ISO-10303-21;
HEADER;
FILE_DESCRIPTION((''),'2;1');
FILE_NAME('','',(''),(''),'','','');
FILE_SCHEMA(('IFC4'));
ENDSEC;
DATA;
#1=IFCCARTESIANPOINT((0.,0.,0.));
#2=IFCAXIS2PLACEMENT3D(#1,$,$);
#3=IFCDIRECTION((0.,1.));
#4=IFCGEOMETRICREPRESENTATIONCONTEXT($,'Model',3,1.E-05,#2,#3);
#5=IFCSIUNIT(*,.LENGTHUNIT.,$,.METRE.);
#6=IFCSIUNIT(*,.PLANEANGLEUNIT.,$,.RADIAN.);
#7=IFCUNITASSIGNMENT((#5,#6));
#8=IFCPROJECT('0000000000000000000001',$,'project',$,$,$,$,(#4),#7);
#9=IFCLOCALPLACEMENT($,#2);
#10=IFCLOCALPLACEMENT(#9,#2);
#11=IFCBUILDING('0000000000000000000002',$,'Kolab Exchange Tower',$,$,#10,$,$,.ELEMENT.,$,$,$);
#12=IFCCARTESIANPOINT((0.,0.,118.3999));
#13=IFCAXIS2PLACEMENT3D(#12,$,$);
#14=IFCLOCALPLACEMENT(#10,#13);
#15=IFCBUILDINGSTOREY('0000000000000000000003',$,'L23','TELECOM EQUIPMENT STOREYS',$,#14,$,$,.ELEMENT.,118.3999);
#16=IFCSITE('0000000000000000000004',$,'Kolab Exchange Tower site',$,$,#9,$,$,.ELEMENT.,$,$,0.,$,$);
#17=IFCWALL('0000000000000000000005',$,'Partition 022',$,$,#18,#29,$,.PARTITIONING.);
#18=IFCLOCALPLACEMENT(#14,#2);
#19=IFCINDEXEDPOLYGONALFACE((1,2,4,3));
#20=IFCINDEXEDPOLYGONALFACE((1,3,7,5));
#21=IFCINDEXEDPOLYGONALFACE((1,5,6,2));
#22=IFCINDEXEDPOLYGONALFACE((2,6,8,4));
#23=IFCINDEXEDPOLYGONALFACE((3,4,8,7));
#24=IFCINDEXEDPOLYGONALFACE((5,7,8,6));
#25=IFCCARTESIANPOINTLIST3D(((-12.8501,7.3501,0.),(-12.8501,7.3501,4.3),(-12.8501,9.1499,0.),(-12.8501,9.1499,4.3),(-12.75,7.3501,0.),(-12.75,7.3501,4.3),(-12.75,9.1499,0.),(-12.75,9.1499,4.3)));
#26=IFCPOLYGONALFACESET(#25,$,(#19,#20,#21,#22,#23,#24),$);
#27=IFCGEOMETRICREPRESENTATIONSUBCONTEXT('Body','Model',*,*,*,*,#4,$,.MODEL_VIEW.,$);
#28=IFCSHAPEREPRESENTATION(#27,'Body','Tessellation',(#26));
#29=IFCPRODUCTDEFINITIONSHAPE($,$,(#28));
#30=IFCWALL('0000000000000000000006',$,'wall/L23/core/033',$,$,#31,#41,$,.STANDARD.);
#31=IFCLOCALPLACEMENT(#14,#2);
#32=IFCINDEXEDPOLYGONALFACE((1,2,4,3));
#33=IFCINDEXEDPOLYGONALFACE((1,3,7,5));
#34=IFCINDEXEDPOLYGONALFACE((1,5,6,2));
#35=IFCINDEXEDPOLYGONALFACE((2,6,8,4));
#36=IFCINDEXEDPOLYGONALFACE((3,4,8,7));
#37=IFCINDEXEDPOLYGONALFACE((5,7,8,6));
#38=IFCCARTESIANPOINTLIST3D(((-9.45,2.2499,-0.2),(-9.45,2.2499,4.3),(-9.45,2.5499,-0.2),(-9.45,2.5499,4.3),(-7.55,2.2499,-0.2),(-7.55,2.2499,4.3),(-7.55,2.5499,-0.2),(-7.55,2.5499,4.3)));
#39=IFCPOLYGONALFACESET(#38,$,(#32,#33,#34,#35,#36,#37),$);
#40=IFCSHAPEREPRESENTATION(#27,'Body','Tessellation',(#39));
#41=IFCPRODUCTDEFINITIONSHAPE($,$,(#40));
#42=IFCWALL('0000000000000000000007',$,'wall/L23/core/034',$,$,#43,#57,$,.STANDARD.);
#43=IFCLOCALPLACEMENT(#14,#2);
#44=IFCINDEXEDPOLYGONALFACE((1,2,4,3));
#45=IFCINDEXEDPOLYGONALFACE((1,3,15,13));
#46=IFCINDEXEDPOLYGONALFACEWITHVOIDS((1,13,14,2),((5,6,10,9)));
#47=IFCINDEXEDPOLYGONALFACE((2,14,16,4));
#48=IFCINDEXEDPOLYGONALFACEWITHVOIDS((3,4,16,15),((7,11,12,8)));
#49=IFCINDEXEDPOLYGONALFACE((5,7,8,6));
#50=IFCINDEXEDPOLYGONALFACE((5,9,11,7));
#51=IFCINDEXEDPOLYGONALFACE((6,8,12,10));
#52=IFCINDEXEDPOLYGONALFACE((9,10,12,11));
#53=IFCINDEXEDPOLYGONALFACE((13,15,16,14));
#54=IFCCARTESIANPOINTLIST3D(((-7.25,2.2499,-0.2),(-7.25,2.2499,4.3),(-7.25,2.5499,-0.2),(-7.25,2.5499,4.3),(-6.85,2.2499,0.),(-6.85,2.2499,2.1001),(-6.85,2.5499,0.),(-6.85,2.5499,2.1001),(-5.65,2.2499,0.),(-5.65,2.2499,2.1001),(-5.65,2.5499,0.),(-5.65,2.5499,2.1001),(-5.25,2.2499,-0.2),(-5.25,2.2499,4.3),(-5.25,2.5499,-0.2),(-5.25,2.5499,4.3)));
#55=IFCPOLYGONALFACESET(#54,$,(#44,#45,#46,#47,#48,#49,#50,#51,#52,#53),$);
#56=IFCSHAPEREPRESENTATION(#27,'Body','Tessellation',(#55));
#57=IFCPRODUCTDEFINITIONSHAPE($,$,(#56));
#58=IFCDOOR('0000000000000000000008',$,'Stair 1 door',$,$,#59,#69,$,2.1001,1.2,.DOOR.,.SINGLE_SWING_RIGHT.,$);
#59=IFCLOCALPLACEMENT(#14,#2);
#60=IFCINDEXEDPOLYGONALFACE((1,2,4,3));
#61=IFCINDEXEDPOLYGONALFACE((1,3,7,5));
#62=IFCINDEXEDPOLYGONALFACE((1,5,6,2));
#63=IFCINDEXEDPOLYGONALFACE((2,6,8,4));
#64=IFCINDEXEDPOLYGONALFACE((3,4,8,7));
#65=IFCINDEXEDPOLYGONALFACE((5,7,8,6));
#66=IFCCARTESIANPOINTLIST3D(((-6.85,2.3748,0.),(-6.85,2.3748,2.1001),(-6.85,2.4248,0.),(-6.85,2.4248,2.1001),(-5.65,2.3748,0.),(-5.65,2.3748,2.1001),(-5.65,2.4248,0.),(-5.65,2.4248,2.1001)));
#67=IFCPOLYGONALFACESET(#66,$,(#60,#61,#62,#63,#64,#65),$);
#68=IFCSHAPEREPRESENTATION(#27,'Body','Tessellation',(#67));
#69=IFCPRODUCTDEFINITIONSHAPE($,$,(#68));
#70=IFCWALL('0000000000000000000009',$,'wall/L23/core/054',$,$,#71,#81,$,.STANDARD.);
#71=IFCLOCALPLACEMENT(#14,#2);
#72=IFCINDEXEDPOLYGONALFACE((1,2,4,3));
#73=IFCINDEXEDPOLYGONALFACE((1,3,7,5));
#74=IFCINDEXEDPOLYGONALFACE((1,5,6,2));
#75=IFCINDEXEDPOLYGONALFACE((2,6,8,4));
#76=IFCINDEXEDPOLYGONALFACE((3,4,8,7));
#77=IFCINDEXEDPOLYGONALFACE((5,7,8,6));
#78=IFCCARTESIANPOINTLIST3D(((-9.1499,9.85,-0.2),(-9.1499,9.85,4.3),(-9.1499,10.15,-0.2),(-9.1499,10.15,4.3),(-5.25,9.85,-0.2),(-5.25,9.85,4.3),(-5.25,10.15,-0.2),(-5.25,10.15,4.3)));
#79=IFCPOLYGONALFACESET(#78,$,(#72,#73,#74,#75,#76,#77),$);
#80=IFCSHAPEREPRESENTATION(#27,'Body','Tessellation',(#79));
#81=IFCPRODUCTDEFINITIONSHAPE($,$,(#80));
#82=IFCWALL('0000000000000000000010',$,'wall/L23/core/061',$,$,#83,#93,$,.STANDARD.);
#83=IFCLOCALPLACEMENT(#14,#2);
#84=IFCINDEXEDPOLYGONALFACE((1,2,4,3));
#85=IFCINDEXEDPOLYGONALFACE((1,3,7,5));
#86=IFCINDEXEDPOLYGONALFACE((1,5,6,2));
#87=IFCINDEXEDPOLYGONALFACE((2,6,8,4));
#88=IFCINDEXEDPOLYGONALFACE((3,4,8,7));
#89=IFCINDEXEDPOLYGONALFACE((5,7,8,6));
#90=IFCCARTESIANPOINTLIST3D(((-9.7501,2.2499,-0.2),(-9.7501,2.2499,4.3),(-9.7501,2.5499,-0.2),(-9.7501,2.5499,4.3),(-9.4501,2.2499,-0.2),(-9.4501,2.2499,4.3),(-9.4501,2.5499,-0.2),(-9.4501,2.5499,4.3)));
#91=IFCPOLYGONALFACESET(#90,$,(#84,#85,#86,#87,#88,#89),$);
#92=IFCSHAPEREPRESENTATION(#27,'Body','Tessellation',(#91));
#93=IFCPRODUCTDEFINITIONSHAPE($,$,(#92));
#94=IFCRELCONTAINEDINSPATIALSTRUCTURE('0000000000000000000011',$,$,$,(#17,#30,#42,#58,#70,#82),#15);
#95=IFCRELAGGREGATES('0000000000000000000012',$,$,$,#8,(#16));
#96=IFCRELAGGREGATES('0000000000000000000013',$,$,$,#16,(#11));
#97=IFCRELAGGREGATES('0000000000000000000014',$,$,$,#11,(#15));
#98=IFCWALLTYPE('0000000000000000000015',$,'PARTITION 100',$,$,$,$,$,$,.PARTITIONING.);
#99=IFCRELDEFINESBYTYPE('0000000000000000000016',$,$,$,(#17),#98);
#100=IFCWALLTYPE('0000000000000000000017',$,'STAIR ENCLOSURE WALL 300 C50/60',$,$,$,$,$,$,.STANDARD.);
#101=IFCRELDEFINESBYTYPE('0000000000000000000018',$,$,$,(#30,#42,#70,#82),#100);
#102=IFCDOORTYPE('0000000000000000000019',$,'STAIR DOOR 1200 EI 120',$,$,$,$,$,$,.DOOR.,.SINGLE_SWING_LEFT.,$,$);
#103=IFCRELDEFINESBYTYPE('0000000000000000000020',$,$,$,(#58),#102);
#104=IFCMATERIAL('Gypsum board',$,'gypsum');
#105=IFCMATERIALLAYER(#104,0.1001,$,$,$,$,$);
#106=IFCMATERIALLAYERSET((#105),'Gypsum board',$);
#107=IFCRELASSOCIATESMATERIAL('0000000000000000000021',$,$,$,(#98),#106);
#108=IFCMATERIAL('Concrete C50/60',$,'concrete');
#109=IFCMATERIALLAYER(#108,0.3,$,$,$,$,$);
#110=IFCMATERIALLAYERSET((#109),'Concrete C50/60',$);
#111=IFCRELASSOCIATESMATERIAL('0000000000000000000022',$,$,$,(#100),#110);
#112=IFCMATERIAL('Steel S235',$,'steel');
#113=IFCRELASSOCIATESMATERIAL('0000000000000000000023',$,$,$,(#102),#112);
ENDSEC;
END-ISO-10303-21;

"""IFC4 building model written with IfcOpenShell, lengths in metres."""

from ifc_helpers import new_model, si_unit, direction, frame, frame_2d, origin, place, context, subcontext, project, spatial, rectangle, extrude, material, layer, layer_set, type_object, element, fill, save


model = new_model("IFC4")

# Units and contexts
model_context = context("Model", 3, precision=1e-05, world=origin(), true_north=direction((0.0, 1.0)))
body_context = subcontext(model_context, "Body", "Model", "MODEL_VIEW")
ifc_project = project(units=[si_unit("LENGTHUNIT", "METRE"), si_unit("PLANEANGLEUNIT", "RADIAN")], contexts=[model_context])

# Site, building, storey
site_placement = place(None, origin())
site = spatial("IfcSite", under=ifc_project, at=site_placement, Name="Kolab Exchange Tower site", CompositionType="ELEMENT", RefElevation=0.0)
building_placement = place(site_placement, origin())
building = spatial("IfcBuilding", under=site, at=building_placement, Name="Kolab Exchange Tower", CompositionType="ELEMENT")
storey_placement = place(building_placement, frame((0.0, 0.0, 118.3999)))
storey = spatial("IfcBuildingStorey", under=building, at=storey_placement, Name="L23", Description="TELECOM EQUIPMENT STOREYS", CompositionType="ELEMENT", Elevation=118.3999)

# Shared definitions
ifc_material_1 = material(Name="Steel S235", Category="steel")

# Walls
ifc_material_2 = material(Name="Concrete C50/60", Category="concrete")
ifc_material_3 = material(Name="Gypsum board", Category="gypsum")
ifc_layer_1 = layer(ifc_material_3, 0.1001)
ifc_layer_set_1 = layer_set([ifc_layer_1], Name="Gypsum board")
wall_type_1 = type_object("IfcWallType", Name="PARTITION 100", PredefinedType="PARTITIONING", material=ifc_layer_set_1)
wall_1_placement = place(storey_placement, frame((-12.8, 7.3501, 0.0), z_axis=(0.0, 0.0, 1.0), x_axis=(0.0, 1.0, 0.0)))
element("IfcWall", 1, at=wall_1_placement, inside=storey, type_object=wall_type_1, Name="Partition 022", PredefinedType="PARTITIONING", context=body_context, shape_type="SweptSolid", body=[
    extrude(rectangle(XDim=1.7998, YDim=0.1001, at=frame_2d((0.8999, 0.0))), origin(), (0.0, 0.0, 1.0), 4.3),
])
ifc_layer_2 = layer(ifc_material_2, 0.3)
ifc_layer_set_2 = layer_set([ifc_layer_2], Name="Concrete C50/60")
wall_type_2 = type_object("IfcWallType", Name="STAIR ENCLOSURE WALL 300 C50/60", PredefinedType="STANDARD", material=ifc_layer_set_2)
wall_2_placement = place(storey_placement, frame((-9.45, 2.3999, -0.2), z_axis=(0.0, 0.0, 1.0), x_axis=(1.0, 0.0, 0.0)))
element("IfcWall", 2, at=wall_2_placement, inside=storey, type_object=wall_type_2, Name="wall/L23/core/033", PredefinedType="STANDARD", context=body_context, shape_type="SweptSolid", body=[
    extrude(rectangle(XDim=1.8999, YDim=0.3, at=frame_2d((0.95, 0.0))), origin(), (0.0, 0.0, 1.0), 4.5),
])

# Wall, opening, door
wall_3_placement = place(storey_placement, frame((-7.25, 2.3999, -0.2), z_axis=(0.0, 0.0, 1.0), x_axis=(1.0, 0.0, 0.0)))
wall_3 = element("IfcWall", 3, at=wall_3_placement, inside=storey, type_object=wall_type_2, Name="wall/L23/core/034", PredefinedType="STANDARD", context=body_context, shape_type="SweptSolid", body=[
    extrude(rectangle(XDim=2.0, YDim=0.3, at=frame_2d((1.0, 0.0))), origin(), (0.0, 0.0, 1.0), 4.5),
])
opening_1_placement = place(wall_3_placement, frame((0.3999, 0.0, 0.2)))
opening_1 = element("IfcOpeningElement", 4, at=opening_1_placement, cuts=wall_3, PredefinedType="OPENING", context=body_context, shape_type="SweptSolid", body=[
    extrude(rectangle(XDim=1.2, YDim=2.1001, at=frame_2d((0.6001, 1.05))), frame((0.0, 0.1602, 0.0), z_axis=(0.0, -1.0, 0.0), x_axis=(1.0, 0.0, 0.0)), (0.0, 0.0, 1.0), 0.3201),
])
door_type_1 = type_object("IfcDoorType", Name="STAIR DOOR 1200 EI 120", OperationType="SINGLE_SWING_LEFT", PredefinedType="DOOR", material=ifc_material_1)
door_1_placement = place(opening_1_placement, origin())
door_1 = element("IfcDoor", 5, at=door_1_placement, inside=storey, type_object=door_type_1, Name="Stair 1 door", OperationType="SINGLE_SWING_RIGHT", OverallHeight=2.1001, OverallWidth=1.2, PredefinedType="DOOR", context=body_context, shape_type="SweptSolid", body=[
    extrude(rectangle(XDim=1.2, YDim=2.1001, at=frame_2d((0.6001, 1.05))), frame((0.0, 0.0249, 0.0), z_axis=(0.0, -1.0, 0.0), x_axis=(1.0, 0.0, 0.0)), (0.0, 0.0, 1.0), 0.05),
])
fill(opening_1, door_1)

# Walls
wall_4_placement = place(storey_placement, frame((-9.1499, 10.0, -0.2), z_axis=(0.0, 0.0, 1.0), x_axis=(1.0, 0.0, 0.0)))
element("IfcWall", 6, at=wall_4_placement, inside=storey, type_object=wall_type_2, Name="wall/L23/core/054", PredefinedType="STANDARD", context=body_context, shape_type="SweptSolid", body=[
    extrude(rectangle(XDim=3.8999, YDim=0.3, at=frame_2d((1.95, 0.0))), origin(), (0.0, 0.0, 1.0), 4.5),
])
wall_5_placement = place(storey_placement, frame((-9.6001, 2.25, -0.2), z_axis=(0.0, 0.0, 1.0), x_axis=(0.0, 1.0, 0.0)))
element("IfcWall", 7, at=wall_5_placement, inside=storey, type_object=wall_type_2, Name="wall/L23/core/061", PredefinedType="STANDARD", context=body_context, shape_type="SweptSolid", body=[
    extrude(rectangle(XDim=0.3, YDim=0.3, at=frame_2d((0.1499, 0.0))), origin(), (0.0, 0.0, 1.0), 4.5),
])

save(model, "model.ifc")
